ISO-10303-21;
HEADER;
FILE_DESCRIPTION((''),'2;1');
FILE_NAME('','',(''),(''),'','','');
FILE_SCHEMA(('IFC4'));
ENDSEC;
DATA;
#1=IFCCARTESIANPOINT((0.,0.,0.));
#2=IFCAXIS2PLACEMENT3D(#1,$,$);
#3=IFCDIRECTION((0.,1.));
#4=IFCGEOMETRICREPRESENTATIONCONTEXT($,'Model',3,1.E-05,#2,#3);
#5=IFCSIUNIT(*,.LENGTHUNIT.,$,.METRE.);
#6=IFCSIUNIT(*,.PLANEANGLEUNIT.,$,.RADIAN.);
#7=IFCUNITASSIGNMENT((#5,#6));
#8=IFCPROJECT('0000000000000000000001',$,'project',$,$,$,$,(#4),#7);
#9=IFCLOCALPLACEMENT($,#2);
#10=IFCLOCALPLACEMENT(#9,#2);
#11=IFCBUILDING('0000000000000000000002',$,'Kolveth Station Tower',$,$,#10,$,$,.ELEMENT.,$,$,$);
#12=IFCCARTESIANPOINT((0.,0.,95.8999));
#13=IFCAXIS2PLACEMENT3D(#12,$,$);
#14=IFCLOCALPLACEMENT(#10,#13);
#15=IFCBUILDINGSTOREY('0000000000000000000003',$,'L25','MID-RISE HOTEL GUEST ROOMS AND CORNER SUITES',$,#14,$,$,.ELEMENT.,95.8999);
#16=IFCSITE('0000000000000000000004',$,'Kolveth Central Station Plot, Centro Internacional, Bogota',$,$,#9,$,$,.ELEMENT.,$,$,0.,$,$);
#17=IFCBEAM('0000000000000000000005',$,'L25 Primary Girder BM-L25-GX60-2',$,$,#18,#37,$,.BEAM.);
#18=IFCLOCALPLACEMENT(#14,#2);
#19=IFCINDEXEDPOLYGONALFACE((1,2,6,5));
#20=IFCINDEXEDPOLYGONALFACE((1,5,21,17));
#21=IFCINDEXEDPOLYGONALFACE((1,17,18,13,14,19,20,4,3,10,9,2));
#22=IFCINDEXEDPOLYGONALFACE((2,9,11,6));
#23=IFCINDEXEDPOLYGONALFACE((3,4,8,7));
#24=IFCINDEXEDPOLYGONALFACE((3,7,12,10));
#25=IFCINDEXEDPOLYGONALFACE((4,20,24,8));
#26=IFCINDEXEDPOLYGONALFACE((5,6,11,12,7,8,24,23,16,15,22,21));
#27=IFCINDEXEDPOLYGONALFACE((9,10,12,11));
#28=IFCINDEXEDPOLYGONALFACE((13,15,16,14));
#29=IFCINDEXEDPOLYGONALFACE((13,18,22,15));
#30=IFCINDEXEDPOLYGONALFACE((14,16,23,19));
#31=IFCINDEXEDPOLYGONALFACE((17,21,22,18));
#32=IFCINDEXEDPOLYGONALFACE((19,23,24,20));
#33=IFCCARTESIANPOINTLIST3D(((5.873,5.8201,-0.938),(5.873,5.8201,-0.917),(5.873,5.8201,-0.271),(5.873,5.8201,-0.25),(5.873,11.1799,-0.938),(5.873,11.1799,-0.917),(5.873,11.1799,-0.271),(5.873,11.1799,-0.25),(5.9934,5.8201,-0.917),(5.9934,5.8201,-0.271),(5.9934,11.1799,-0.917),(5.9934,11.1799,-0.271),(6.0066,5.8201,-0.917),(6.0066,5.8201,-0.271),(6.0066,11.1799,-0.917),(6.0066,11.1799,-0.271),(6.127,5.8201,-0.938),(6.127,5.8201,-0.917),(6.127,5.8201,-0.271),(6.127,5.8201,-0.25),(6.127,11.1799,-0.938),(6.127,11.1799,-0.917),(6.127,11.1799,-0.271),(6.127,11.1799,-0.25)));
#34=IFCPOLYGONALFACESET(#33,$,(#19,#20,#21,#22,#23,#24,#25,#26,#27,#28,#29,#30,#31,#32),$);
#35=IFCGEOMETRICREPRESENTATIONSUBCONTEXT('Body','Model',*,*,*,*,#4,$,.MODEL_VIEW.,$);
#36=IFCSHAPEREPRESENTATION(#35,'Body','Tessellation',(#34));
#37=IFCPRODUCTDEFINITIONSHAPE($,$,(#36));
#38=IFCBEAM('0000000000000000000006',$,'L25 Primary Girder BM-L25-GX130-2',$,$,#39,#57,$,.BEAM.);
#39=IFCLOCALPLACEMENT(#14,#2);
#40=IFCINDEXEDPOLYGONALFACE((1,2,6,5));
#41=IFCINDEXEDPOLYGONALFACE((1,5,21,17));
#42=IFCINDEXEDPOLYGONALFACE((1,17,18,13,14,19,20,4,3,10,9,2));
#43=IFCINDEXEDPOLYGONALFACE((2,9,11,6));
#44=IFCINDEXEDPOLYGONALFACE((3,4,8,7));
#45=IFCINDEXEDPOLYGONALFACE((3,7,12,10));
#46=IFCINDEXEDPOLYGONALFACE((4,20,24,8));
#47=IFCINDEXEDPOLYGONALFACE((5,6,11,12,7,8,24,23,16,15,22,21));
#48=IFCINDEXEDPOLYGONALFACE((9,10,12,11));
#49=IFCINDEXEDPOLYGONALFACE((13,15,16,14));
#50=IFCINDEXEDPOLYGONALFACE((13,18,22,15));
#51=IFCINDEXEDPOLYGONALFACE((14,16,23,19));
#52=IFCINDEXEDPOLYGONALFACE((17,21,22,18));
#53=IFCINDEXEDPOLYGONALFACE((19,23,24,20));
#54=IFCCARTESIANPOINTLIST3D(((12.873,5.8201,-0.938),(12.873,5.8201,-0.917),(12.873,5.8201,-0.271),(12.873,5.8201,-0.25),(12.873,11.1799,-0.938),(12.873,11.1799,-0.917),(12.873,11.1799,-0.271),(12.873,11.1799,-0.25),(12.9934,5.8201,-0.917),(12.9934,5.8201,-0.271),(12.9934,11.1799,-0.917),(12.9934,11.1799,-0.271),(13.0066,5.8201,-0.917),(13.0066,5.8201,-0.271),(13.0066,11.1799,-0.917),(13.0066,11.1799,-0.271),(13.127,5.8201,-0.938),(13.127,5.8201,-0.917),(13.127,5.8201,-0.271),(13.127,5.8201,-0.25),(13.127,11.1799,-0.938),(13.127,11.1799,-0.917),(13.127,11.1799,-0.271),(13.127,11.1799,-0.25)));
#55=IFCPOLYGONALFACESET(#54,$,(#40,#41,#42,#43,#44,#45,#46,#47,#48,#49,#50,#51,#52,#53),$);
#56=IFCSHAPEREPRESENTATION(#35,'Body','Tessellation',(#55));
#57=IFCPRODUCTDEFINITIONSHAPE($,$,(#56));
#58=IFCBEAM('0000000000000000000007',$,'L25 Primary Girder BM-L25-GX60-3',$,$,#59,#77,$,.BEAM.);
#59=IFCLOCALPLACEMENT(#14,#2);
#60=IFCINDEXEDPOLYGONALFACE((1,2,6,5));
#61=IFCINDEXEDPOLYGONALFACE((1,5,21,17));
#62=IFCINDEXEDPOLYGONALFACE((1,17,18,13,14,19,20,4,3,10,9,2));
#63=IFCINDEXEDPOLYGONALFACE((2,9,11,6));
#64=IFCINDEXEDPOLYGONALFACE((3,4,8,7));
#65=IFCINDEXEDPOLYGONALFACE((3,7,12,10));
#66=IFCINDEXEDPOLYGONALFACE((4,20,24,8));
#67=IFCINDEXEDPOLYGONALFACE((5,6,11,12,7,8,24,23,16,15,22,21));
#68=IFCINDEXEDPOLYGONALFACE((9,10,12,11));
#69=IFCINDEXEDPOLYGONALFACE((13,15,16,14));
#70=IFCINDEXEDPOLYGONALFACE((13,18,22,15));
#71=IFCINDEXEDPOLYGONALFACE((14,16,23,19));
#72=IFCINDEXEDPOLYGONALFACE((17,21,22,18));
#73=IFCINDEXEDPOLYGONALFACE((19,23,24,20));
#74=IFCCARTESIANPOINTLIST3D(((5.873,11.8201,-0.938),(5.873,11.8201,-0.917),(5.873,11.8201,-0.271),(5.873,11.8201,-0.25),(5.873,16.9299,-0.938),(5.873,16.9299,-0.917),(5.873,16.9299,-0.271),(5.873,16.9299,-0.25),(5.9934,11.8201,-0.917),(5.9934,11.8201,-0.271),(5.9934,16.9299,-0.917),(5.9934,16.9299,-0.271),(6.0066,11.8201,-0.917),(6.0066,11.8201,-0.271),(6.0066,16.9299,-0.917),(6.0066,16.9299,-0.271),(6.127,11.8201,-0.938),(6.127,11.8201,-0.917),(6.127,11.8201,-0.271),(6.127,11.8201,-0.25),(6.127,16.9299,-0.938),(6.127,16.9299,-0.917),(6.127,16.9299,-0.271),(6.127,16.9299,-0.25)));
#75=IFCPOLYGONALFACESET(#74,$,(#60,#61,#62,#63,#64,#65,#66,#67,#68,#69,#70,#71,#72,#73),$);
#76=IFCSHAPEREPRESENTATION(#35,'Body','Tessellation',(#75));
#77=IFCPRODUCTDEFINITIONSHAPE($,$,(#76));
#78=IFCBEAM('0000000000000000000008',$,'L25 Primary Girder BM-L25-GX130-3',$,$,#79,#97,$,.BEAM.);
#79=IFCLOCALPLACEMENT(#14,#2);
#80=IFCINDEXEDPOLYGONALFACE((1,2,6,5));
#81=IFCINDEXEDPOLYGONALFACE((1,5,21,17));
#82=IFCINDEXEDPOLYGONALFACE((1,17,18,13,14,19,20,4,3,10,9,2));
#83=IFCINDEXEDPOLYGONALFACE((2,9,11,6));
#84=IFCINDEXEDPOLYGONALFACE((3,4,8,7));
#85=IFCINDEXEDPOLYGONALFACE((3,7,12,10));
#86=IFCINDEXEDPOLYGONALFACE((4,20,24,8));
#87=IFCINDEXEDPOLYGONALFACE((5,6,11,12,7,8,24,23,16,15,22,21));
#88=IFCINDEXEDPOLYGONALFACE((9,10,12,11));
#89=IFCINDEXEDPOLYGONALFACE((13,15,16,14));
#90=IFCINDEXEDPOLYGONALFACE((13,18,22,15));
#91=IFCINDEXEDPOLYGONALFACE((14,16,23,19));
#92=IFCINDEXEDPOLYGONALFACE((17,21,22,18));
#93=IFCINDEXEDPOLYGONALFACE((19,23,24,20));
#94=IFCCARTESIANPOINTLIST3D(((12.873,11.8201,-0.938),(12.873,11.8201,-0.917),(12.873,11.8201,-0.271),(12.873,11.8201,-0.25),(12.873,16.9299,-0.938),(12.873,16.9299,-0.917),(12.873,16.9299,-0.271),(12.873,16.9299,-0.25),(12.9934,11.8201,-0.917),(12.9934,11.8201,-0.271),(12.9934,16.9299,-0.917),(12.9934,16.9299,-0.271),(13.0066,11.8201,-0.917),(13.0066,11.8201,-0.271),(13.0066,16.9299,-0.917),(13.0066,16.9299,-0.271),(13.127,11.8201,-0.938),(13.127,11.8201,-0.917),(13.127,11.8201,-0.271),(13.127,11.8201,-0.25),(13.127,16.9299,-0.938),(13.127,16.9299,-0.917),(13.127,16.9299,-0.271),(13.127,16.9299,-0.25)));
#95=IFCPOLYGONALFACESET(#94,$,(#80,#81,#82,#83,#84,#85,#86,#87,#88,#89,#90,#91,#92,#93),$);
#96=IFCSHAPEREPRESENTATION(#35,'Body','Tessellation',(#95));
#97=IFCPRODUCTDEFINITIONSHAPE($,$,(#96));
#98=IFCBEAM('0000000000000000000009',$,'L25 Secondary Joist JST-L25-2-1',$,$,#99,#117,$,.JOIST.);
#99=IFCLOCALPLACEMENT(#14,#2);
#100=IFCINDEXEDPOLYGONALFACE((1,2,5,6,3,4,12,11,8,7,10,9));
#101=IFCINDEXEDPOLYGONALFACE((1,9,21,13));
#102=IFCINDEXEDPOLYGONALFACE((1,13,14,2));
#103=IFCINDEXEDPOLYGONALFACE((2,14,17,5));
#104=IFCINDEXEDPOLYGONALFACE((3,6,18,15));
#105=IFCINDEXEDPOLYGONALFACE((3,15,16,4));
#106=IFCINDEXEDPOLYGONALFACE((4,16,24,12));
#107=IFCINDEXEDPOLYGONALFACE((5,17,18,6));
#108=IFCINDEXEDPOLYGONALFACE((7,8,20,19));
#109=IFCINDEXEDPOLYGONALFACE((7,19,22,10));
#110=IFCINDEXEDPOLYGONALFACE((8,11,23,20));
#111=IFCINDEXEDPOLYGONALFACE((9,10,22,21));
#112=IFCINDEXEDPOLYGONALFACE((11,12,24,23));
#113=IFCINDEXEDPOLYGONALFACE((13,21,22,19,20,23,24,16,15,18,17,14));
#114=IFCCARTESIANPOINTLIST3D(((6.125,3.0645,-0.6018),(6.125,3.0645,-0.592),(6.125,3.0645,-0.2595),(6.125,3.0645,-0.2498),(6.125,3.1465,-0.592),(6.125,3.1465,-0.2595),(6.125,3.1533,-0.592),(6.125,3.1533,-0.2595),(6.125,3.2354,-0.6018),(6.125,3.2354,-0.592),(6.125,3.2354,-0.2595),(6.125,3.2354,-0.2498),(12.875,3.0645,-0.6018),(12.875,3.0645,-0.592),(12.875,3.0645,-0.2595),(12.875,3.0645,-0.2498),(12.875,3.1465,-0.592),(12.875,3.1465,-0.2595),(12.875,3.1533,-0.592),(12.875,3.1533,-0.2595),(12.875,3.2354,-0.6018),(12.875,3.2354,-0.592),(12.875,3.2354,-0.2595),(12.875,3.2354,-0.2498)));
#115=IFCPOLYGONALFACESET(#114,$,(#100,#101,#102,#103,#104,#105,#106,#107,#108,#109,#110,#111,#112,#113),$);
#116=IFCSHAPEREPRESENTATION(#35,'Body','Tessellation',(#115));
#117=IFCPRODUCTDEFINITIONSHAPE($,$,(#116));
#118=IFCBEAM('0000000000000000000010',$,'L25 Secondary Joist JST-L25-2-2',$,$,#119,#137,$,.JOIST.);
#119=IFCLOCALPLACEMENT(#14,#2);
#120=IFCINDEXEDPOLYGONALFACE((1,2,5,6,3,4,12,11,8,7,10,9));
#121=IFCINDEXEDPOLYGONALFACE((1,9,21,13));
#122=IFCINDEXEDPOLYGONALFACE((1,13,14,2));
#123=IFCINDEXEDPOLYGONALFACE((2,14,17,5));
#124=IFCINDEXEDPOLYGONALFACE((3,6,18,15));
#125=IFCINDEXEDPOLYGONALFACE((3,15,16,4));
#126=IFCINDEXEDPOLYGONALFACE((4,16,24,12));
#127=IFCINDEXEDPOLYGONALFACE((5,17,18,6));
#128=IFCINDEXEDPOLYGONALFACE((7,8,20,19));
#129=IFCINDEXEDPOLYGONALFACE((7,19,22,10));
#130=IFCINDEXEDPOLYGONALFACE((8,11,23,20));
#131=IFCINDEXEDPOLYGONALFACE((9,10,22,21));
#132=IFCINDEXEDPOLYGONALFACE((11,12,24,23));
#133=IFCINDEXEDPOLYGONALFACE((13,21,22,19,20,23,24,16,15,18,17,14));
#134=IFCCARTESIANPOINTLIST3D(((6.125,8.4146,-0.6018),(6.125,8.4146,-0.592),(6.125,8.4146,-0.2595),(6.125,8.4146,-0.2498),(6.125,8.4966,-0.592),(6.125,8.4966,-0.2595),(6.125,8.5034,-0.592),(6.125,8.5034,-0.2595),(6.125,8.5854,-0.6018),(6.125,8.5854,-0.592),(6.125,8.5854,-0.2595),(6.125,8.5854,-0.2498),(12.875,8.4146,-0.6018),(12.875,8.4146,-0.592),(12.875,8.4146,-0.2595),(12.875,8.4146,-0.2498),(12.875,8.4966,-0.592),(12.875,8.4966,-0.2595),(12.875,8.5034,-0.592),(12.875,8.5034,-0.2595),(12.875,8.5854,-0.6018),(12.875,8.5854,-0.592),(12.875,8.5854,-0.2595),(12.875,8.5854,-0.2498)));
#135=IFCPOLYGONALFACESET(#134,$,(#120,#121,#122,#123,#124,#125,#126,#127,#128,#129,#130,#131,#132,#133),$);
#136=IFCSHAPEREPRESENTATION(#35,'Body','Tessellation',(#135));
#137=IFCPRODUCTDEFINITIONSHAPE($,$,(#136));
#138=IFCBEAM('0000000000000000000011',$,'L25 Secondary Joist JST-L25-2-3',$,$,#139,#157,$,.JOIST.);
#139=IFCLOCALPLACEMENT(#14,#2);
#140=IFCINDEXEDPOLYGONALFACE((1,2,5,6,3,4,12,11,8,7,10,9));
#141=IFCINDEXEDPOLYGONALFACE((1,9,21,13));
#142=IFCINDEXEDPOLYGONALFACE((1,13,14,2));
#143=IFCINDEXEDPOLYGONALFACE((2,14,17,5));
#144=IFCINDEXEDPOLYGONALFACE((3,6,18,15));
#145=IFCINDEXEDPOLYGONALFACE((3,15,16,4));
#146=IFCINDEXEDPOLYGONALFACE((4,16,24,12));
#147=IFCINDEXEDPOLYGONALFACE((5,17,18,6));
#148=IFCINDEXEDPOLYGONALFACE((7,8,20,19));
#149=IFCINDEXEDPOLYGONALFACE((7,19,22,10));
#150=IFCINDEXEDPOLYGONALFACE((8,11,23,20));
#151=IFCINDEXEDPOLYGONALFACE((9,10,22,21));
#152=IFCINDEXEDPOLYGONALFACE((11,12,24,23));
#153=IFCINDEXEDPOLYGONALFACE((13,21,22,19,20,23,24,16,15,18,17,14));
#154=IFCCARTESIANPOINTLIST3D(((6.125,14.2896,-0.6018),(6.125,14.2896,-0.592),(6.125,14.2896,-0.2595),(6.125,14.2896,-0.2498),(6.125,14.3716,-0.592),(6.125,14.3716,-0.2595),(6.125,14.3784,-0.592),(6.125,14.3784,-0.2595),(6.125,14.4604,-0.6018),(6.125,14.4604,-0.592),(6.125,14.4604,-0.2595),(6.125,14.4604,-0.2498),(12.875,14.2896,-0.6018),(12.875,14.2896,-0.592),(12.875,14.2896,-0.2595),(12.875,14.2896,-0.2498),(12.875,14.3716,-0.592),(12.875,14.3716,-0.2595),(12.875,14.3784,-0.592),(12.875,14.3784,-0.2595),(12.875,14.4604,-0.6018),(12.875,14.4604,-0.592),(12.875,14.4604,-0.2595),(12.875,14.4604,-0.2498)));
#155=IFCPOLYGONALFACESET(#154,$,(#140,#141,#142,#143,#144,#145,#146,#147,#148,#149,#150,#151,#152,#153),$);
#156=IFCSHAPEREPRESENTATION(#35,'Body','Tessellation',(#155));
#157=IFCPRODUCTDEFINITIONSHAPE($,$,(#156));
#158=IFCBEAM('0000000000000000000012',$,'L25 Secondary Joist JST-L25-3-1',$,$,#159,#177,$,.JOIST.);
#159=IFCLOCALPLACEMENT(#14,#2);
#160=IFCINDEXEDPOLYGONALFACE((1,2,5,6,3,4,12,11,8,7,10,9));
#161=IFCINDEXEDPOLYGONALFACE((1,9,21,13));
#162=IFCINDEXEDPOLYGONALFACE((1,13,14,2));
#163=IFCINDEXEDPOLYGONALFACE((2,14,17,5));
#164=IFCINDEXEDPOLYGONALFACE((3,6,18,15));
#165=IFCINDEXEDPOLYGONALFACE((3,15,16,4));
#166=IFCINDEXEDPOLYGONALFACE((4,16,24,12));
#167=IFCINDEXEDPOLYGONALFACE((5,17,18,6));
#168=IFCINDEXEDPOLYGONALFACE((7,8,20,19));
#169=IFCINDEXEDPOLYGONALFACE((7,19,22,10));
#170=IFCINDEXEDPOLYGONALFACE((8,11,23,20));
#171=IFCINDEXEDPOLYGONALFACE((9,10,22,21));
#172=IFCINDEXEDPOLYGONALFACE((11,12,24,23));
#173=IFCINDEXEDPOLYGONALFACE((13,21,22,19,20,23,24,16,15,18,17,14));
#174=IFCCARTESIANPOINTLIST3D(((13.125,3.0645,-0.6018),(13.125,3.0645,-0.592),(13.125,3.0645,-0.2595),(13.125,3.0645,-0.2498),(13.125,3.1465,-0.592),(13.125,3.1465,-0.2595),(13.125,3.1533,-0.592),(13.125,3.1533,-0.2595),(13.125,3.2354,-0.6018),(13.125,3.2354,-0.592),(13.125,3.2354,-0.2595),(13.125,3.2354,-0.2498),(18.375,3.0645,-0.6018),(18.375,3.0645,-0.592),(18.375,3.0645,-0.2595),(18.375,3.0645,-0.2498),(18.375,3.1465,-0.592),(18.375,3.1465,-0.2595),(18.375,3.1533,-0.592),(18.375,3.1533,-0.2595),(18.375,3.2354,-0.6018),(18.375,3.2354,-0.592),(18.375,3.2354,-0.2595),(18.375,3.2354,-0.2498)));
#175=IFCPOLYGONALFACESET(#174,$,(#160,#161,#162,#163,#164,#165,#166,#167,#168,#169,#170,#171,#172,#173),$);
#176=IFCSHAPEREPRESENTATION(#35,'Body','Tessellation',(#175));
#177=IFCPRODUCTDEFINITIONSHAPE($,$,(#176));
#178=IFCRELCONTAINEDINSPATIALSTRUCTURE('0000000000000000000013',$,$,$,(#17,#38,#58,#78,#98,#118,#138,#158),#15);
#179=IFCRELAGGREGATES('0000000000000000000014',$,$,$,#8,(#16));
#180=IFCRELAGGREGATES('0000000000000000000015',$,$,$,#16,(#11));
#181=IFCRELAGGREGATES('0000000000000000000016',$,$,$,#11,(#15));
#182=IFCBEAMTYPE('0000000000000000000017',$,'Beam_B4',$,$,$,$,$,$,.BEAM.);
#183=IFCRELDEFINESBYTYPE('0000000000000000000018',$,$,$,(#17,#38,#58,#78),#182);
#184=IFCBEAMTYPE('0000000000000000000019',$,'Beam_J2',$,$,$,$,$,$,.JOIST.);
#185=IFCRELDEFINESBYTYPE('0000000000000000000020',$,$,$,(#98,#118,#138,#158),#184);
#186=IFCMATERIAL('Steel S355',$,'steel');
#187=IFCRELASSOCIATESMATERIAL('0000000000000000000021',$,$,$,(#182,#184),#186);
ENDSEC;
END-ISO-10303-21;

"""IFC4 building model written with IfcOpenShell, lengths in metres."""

from ifc_helpers import new_model, si_unit, direction, frame, origin, origin_2d, place, context, subcontext, project, spatial, i_section, extrude, source, transform, mapped, material, material_profile, profile_set, type_object, element, save


model = new_model("IFC4")

# Units and contexts
model_context = context("Model", 3, precision=1e-05, world=origin(), true_north=direction((0.0, 1.0)))
body_context = subcontext(model_context, "Body", "Model", "MODEL_VIEW")
ifc_project = project(units=[si_unit("LENGTHUNIT", "METRE"), si_unit("PLANEANGLEUNIT", "RADIAN")], contexts=[model_context])

# Site, building, storey
site_placement = place(None, origin())
site = spatial("IfcSite", under=ifc_project, at=site_placement, Name="Kolveth Central Station Plot, Centro Internacional, Bogota", CompositionType="ELEMENT", RefElevation=0.0)
building_placement = place(site_placement, origin())
building = spatial("IfcBuilding", under=site, at=building_placement, Name="Kolveth Station Tower", CompositionType="ELEMENT")
storey_placement = place(building_placement, frame((0.0, 0.0, 95.8999)))
storey = spatial("IfcBuildingStorey", under=building, at=storey_placement, Name="L25", Description="MID-RISE HOTEL GUEST ROOMS AND CORNER SUITES", CompositionType="ELEMENT", Elevation=95.8999)

# Beams
ifc_material_1 = material(Name="Steel S355", Category="steel")
ifc_material_profile_1 = material_profile(ifc_material_1, i_section(OverallWidth=0.2539, OverallDepth=0.688, WebThickness=0.0132, FlangeThickness=0.021, at=origin_2d()), Name="W690x152")
ifc_profile_set_1 = profile_set([ifc_material_profile_1], Name="Steel S355")
beam_type_1 = type_object("IfcBeamType", Name="Beam_B4", PredefinedType="BEAM", material=ifc_profile_set_1)
shared_shape_1 = source(origin(), body_context, "Body", "SweptSolid", [
    extrude(i_section(OverallWidth=0.2539, OverallDepth=0.688, WebThickness=0.0132, FlangeThickness=0.021, at=origin_2d()), origin(), (0.0, 0.0, 1.0), 5.3599),
])
for number, where, z_axis, x_axis, name in (
    (1, (6.0, 5.8201, -0.594), (0.0, 1.0, 0.0), (-1.0, 0.0, 0.0), "L25 Primary Girder BM-L25-GX60-2"),
    (2, (13.0, 5.8201, -0.594), (0.0, 1.0, 0.0), (-1.0, 0.0, 0.0), "L25 Primary Girder BM-L25-GX130-2"),
):
    element("IfcBeam", number, at=place(storey_placement, frame(where, z_axis=z_axis, x_axis=x_axis)), inside=storey, type_object=beam_type_1, Name=name, PredefinedType="BEAM", context=body_context, shape_type="MappedRepresentation", body=[
        mapped(shared_shape_1, transform((0.0, 0.0, 0.0), x_axis=(1.0, 0.0, 0.0), y_axis=(0.0, 1.0, 0.0), z_axis=(0.0, 0.0, 1.0), scale=1.0)),
    ])
shared_shape_2 = source(origin(), body_context, "Body", "SweptSolid", [
    extrude(i_section(OverallWidth=0.2539, OverallDepth=0.688, WebThickness=0.0132, FlangeThickness=0.021, at=origin_2d()), origin(), (0.0, 0.0, 1.0), 5.1099),
])
for number, where, z_axis, x_axis, name in (
    (3, (6.0, 11.8201, -0.594), (0.0, 1.0, 0.0), (-1.0, 0.0, 0.0), "L25 Primary Girder BM-L25-GX60-3"),
    (4, (13.0, 11.8201, -0.594), (0.0, 1.0, 0.0), (-1.0, 0.0, 0.0), "L25 Primary Girder BM-L25-GX130-3"),
):
    element("IfcBeam", number, at=place(storey_placement, frame(where, z_axis=z_axis, x_axis=x_axis)), inside=storey, type_object=beam_type_1, Name=name, PredefinedType="BEAM", context=body_context, shape_type="MappedRepresentation", body=[
        mapped(shared_shape_2, transform((0.0, 0.0, 0.0), x_axis=(1.0, 0.0, 0.0), y_axis=(0.0, 1.0, 0.0), z_axis=(0.0, 0.0, 1.0), scale=1.0)),
    ])
ifc_material_profile_2 = material_profile(ifc_material_1, i_section(OverallWidth=0.1709, OverallDepth=0.3521, WebThickness=0.0068, FlangeThickness=0.0098, at=origin_2d()), Name="W360x44")
ifc_profile_set_2 = profile_set([ifc_material_profile_2], Name="Steel S355")
beam_type_2 = type_object("IfcBeamType", Name="Beam_J2", PredefinedType="JOIST", material=ifc_profile_set_2)
shared_shape_3 = source(origin(), body_context, "Body", "SweptSolid", [
    extrude(i_section(OverallWidth=0.1709, OverallDepth=0.3521, WebThickness=0.0068, FlangeThickness=0.0098, at=origin_2d()), origin(), (0.0, 0.0, 1.0), 6.75),
])
for number, where, z_axis, x_axis, name in (
    (5, (6.125, 3.1499, -0.4258), (1.0, 0.0, 0.0), (0.0, 1.0, 0.0), "L25 Secondary Joist JST-L25-2-1"),
    (6, (6.125, 8.5, -0.4258), (1.0, 0.0, 0.0), (0.0, 1.0, 0.0), "L25 Secondary Joist JST-L25-2-2"),
    (7, (6.125, 14.375, -0.4258), (1.0, 0.0, 0.0), (0.0, 1.0, 0.0), "L25 Secondary Joist JST-L25-2-3"),
):
    element("IfcBeam", number, at=place(storey_placement, frame(where, z_axis=z_axis, x_axis=x_axis)), inside=storey, type_object=beam_type_2, Name=name, PredefinedType="JOIST", context=body_context, shape_type="MappedRepresentation", body=[
        mapped(shared_shape_3, transform((0.0, 0.0, 0.0), x_axis=(1.0, 0.0, 0.0), y_axis=(0.0, 1.0, 0.0), z_axis=(0.0, 0.0, 1.0), scale=1.0)),
    ])
shared_shape_4 = source(origin(), body_context, "Body", "SweptSolid", [
    extrude(i_section(OverallWidth=0.1709, OverallDepth=0.3521, WebThickness=0.0068, FlangeThickness=0.0098, at=origin_2d()), origin(), (0.0, 0.0, 1.0), 5.25),
])
beam_1_placement = place(storey_placement, frame((13.125, 3.1499, -0.4258), z_axis=(1.0, 0.0, 0.0), x_axis=(0.0, 1.0, 0.0)))
element("IfcBeam", 8, at=beam_1_placement, inside=storey, type_object=beam_type_2, Name="L25 Secondary Joist JST-L25-3-1", PredefinedType="JOIST", context=body_context, shape_type="MappedRepresentation", body=[
    mapped(shared_shape_4, transform((0.0, 0.0, 0.0), x_axis=(1.0, 0.0, 0.0), y_axis=(0.0, 1.0, 0.0), z_axis=(0.0, 0.0, 1.0), scale=1.0)),
])

save(model, "model.ifc")
